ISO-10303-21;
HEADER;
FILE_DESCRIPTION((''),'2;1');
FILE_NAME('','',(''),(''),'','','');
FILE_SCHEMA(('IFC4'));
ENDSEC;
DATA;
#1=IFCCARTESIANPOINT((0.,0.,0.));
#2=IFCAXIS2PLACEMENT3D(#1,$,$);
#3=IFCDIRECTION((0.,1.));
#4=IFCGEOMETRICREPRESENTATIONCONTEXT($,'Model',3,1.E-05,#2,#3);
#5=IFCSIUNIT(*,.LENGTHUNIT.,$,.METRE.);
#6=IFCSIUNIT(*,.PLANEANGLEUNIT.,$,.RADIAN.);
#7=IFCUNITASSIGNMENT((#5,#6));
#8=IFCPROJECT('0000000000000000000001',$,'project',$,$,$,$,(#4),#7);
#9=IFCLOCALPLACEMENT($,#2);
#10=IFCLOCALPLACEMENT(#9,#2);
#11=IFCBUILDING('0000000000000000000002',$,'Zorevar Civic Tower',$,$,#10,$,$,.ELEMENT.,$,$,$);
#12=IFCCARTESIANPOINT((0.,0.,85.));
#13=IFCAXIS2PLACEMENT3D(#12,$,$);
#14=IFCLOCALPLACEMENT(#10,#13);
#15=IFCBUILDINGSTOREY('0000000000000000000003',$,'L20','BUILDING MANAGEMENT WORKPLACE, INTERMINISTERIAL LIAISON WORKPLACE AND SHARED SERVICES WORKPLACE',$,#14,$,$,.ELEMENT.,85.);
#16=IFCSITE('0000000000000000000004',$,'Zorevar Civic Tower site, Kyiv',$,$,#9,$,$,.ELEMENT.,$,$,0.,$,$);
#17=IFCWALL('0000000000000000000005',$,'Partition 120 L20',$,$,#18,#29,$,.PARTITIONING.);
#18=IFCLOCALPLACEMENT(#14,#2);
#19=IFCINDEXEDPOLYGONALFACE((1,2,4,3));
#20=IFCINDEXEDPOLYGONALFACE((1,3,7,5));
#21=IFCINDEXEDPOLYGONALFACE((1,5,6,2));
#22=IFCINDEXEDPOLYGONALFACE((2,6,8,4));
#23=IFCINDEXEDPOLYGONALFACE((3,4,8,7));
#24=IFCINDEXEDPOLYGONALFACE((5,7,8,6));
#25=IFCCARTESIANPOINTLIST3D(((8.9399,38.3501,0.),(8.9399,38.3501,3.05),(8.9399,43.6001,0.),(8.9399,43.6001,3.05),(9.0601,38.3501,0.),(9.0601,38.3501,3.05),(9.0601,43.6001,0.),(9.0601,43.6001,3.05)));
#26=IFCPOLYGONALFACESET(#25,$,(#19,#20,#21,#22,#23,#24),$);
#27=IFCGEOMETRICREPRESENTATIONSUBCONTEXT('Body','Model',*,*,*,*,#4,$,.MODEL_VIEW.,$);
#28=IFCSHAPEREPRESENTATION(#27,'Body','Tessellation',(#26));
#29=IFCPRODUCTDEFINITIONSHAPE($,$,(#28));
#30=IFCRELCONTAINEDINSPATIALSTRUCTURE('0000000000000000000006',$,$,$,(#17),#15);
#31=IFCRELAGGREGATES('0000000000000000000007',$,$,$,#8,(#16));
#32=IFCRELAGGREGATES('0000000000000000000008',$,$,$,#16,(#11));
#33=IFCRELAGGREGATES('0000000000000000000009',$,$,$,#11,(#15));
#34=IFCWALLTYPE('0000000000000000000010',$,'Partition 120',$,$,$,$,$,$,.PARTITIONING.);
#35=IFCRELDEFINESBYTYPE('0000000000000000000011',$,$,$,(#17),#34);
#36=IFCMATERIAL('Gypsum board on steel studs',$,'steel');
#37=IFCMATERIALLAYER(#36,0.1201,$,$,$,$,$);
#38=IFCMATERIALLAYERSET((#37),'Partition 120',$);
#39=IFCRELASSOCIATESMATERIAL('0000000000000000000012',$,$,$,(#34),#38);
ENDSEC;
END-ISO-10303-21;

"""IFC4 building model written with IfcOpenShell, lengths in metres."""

from ifc_helpers import new_model, si_unit, direction, frame, frame_2d, origin, place, context, subcontext, project, spatial, rectangle, extrude, material, layer, layer_set, type_object, element, save


model = new_model("IFC4")

# Units and contexts
model_context = context("Model", 3, precision=1e-05, world=origin(), true_north=direction((0.0, 1.0)))
body_context = subcontext(model_context, "Body", "Model", "MODEL_VIEW")
ifc_project = project(units=[si_unit("LENGTHUNIT", "METRE"), si_unit("PLANEANGLEUNIT", "RADIAN")], contexts=[model_context])

# Site, building, storey
site_placement = place(None, origin())
site = spatial("IfcSite", under=ifc_project, at=site_placement, Name="Zorevar Civic Tower site, Kyiv", CompositionType="ELEMENT", RefElevation=0.0)
building_placement = place(site_placement, origin())
building = spatial("IfcBuilding", under=site, at=building_placement, Name="Zorevar Civic Tower", CompositionType="ELEMENT")
storey_placement = place(building_placement, frame((0.0, 0.0, 85.0)))
storey = spatial("IfcBuildingStorey", under=building, at=storey_placement, Name="L20", Description="BUILDING MANAGEMENT WORKPLACE, INTERMINISTERIAL LIAISON WORKPLACE AND SHARED SERVICES WORKPLACE", CompositionType="ELEMENT", Elevation=85.0)

# Shared definitions
ifc_material_1 = material(Name="Gypsum board on steel studs", Category="steel")
ifc_layer_1 = layer(ifc_material_1, 0.1201)
ifc_layer_set_1 = layer_set([ifc_layer_1], Name="Partition 120")
wall_type_1 = type_object("IfcWallType", Name="Partition 120", PredefinedType="PARTITIONING", material=ifc_layer_set_1)

# Wall
wall_1_placement = place(storey_placement, frame((9.0, 38.3501, 0.0), z_axis=(0.0, 0.0, 1.0), x_axis=(0.0, 1.0, 0.0)))
element("IfcWall", 1, at=wall_1_placement, inside=storey, type_object=wall_type_1, Name="Partition 120 L20", PredefinedType="PARTITIONING", context=body_context, shape_type="SweptSolid", body=[
    extrude(rectangle(XDim=5.25, YDim=0.1201, at=frame_2d((2.625, 0.0))), origin(), (0.0, 0.0, 1.0), 3.05),
])

save(model, "model.ifc")
